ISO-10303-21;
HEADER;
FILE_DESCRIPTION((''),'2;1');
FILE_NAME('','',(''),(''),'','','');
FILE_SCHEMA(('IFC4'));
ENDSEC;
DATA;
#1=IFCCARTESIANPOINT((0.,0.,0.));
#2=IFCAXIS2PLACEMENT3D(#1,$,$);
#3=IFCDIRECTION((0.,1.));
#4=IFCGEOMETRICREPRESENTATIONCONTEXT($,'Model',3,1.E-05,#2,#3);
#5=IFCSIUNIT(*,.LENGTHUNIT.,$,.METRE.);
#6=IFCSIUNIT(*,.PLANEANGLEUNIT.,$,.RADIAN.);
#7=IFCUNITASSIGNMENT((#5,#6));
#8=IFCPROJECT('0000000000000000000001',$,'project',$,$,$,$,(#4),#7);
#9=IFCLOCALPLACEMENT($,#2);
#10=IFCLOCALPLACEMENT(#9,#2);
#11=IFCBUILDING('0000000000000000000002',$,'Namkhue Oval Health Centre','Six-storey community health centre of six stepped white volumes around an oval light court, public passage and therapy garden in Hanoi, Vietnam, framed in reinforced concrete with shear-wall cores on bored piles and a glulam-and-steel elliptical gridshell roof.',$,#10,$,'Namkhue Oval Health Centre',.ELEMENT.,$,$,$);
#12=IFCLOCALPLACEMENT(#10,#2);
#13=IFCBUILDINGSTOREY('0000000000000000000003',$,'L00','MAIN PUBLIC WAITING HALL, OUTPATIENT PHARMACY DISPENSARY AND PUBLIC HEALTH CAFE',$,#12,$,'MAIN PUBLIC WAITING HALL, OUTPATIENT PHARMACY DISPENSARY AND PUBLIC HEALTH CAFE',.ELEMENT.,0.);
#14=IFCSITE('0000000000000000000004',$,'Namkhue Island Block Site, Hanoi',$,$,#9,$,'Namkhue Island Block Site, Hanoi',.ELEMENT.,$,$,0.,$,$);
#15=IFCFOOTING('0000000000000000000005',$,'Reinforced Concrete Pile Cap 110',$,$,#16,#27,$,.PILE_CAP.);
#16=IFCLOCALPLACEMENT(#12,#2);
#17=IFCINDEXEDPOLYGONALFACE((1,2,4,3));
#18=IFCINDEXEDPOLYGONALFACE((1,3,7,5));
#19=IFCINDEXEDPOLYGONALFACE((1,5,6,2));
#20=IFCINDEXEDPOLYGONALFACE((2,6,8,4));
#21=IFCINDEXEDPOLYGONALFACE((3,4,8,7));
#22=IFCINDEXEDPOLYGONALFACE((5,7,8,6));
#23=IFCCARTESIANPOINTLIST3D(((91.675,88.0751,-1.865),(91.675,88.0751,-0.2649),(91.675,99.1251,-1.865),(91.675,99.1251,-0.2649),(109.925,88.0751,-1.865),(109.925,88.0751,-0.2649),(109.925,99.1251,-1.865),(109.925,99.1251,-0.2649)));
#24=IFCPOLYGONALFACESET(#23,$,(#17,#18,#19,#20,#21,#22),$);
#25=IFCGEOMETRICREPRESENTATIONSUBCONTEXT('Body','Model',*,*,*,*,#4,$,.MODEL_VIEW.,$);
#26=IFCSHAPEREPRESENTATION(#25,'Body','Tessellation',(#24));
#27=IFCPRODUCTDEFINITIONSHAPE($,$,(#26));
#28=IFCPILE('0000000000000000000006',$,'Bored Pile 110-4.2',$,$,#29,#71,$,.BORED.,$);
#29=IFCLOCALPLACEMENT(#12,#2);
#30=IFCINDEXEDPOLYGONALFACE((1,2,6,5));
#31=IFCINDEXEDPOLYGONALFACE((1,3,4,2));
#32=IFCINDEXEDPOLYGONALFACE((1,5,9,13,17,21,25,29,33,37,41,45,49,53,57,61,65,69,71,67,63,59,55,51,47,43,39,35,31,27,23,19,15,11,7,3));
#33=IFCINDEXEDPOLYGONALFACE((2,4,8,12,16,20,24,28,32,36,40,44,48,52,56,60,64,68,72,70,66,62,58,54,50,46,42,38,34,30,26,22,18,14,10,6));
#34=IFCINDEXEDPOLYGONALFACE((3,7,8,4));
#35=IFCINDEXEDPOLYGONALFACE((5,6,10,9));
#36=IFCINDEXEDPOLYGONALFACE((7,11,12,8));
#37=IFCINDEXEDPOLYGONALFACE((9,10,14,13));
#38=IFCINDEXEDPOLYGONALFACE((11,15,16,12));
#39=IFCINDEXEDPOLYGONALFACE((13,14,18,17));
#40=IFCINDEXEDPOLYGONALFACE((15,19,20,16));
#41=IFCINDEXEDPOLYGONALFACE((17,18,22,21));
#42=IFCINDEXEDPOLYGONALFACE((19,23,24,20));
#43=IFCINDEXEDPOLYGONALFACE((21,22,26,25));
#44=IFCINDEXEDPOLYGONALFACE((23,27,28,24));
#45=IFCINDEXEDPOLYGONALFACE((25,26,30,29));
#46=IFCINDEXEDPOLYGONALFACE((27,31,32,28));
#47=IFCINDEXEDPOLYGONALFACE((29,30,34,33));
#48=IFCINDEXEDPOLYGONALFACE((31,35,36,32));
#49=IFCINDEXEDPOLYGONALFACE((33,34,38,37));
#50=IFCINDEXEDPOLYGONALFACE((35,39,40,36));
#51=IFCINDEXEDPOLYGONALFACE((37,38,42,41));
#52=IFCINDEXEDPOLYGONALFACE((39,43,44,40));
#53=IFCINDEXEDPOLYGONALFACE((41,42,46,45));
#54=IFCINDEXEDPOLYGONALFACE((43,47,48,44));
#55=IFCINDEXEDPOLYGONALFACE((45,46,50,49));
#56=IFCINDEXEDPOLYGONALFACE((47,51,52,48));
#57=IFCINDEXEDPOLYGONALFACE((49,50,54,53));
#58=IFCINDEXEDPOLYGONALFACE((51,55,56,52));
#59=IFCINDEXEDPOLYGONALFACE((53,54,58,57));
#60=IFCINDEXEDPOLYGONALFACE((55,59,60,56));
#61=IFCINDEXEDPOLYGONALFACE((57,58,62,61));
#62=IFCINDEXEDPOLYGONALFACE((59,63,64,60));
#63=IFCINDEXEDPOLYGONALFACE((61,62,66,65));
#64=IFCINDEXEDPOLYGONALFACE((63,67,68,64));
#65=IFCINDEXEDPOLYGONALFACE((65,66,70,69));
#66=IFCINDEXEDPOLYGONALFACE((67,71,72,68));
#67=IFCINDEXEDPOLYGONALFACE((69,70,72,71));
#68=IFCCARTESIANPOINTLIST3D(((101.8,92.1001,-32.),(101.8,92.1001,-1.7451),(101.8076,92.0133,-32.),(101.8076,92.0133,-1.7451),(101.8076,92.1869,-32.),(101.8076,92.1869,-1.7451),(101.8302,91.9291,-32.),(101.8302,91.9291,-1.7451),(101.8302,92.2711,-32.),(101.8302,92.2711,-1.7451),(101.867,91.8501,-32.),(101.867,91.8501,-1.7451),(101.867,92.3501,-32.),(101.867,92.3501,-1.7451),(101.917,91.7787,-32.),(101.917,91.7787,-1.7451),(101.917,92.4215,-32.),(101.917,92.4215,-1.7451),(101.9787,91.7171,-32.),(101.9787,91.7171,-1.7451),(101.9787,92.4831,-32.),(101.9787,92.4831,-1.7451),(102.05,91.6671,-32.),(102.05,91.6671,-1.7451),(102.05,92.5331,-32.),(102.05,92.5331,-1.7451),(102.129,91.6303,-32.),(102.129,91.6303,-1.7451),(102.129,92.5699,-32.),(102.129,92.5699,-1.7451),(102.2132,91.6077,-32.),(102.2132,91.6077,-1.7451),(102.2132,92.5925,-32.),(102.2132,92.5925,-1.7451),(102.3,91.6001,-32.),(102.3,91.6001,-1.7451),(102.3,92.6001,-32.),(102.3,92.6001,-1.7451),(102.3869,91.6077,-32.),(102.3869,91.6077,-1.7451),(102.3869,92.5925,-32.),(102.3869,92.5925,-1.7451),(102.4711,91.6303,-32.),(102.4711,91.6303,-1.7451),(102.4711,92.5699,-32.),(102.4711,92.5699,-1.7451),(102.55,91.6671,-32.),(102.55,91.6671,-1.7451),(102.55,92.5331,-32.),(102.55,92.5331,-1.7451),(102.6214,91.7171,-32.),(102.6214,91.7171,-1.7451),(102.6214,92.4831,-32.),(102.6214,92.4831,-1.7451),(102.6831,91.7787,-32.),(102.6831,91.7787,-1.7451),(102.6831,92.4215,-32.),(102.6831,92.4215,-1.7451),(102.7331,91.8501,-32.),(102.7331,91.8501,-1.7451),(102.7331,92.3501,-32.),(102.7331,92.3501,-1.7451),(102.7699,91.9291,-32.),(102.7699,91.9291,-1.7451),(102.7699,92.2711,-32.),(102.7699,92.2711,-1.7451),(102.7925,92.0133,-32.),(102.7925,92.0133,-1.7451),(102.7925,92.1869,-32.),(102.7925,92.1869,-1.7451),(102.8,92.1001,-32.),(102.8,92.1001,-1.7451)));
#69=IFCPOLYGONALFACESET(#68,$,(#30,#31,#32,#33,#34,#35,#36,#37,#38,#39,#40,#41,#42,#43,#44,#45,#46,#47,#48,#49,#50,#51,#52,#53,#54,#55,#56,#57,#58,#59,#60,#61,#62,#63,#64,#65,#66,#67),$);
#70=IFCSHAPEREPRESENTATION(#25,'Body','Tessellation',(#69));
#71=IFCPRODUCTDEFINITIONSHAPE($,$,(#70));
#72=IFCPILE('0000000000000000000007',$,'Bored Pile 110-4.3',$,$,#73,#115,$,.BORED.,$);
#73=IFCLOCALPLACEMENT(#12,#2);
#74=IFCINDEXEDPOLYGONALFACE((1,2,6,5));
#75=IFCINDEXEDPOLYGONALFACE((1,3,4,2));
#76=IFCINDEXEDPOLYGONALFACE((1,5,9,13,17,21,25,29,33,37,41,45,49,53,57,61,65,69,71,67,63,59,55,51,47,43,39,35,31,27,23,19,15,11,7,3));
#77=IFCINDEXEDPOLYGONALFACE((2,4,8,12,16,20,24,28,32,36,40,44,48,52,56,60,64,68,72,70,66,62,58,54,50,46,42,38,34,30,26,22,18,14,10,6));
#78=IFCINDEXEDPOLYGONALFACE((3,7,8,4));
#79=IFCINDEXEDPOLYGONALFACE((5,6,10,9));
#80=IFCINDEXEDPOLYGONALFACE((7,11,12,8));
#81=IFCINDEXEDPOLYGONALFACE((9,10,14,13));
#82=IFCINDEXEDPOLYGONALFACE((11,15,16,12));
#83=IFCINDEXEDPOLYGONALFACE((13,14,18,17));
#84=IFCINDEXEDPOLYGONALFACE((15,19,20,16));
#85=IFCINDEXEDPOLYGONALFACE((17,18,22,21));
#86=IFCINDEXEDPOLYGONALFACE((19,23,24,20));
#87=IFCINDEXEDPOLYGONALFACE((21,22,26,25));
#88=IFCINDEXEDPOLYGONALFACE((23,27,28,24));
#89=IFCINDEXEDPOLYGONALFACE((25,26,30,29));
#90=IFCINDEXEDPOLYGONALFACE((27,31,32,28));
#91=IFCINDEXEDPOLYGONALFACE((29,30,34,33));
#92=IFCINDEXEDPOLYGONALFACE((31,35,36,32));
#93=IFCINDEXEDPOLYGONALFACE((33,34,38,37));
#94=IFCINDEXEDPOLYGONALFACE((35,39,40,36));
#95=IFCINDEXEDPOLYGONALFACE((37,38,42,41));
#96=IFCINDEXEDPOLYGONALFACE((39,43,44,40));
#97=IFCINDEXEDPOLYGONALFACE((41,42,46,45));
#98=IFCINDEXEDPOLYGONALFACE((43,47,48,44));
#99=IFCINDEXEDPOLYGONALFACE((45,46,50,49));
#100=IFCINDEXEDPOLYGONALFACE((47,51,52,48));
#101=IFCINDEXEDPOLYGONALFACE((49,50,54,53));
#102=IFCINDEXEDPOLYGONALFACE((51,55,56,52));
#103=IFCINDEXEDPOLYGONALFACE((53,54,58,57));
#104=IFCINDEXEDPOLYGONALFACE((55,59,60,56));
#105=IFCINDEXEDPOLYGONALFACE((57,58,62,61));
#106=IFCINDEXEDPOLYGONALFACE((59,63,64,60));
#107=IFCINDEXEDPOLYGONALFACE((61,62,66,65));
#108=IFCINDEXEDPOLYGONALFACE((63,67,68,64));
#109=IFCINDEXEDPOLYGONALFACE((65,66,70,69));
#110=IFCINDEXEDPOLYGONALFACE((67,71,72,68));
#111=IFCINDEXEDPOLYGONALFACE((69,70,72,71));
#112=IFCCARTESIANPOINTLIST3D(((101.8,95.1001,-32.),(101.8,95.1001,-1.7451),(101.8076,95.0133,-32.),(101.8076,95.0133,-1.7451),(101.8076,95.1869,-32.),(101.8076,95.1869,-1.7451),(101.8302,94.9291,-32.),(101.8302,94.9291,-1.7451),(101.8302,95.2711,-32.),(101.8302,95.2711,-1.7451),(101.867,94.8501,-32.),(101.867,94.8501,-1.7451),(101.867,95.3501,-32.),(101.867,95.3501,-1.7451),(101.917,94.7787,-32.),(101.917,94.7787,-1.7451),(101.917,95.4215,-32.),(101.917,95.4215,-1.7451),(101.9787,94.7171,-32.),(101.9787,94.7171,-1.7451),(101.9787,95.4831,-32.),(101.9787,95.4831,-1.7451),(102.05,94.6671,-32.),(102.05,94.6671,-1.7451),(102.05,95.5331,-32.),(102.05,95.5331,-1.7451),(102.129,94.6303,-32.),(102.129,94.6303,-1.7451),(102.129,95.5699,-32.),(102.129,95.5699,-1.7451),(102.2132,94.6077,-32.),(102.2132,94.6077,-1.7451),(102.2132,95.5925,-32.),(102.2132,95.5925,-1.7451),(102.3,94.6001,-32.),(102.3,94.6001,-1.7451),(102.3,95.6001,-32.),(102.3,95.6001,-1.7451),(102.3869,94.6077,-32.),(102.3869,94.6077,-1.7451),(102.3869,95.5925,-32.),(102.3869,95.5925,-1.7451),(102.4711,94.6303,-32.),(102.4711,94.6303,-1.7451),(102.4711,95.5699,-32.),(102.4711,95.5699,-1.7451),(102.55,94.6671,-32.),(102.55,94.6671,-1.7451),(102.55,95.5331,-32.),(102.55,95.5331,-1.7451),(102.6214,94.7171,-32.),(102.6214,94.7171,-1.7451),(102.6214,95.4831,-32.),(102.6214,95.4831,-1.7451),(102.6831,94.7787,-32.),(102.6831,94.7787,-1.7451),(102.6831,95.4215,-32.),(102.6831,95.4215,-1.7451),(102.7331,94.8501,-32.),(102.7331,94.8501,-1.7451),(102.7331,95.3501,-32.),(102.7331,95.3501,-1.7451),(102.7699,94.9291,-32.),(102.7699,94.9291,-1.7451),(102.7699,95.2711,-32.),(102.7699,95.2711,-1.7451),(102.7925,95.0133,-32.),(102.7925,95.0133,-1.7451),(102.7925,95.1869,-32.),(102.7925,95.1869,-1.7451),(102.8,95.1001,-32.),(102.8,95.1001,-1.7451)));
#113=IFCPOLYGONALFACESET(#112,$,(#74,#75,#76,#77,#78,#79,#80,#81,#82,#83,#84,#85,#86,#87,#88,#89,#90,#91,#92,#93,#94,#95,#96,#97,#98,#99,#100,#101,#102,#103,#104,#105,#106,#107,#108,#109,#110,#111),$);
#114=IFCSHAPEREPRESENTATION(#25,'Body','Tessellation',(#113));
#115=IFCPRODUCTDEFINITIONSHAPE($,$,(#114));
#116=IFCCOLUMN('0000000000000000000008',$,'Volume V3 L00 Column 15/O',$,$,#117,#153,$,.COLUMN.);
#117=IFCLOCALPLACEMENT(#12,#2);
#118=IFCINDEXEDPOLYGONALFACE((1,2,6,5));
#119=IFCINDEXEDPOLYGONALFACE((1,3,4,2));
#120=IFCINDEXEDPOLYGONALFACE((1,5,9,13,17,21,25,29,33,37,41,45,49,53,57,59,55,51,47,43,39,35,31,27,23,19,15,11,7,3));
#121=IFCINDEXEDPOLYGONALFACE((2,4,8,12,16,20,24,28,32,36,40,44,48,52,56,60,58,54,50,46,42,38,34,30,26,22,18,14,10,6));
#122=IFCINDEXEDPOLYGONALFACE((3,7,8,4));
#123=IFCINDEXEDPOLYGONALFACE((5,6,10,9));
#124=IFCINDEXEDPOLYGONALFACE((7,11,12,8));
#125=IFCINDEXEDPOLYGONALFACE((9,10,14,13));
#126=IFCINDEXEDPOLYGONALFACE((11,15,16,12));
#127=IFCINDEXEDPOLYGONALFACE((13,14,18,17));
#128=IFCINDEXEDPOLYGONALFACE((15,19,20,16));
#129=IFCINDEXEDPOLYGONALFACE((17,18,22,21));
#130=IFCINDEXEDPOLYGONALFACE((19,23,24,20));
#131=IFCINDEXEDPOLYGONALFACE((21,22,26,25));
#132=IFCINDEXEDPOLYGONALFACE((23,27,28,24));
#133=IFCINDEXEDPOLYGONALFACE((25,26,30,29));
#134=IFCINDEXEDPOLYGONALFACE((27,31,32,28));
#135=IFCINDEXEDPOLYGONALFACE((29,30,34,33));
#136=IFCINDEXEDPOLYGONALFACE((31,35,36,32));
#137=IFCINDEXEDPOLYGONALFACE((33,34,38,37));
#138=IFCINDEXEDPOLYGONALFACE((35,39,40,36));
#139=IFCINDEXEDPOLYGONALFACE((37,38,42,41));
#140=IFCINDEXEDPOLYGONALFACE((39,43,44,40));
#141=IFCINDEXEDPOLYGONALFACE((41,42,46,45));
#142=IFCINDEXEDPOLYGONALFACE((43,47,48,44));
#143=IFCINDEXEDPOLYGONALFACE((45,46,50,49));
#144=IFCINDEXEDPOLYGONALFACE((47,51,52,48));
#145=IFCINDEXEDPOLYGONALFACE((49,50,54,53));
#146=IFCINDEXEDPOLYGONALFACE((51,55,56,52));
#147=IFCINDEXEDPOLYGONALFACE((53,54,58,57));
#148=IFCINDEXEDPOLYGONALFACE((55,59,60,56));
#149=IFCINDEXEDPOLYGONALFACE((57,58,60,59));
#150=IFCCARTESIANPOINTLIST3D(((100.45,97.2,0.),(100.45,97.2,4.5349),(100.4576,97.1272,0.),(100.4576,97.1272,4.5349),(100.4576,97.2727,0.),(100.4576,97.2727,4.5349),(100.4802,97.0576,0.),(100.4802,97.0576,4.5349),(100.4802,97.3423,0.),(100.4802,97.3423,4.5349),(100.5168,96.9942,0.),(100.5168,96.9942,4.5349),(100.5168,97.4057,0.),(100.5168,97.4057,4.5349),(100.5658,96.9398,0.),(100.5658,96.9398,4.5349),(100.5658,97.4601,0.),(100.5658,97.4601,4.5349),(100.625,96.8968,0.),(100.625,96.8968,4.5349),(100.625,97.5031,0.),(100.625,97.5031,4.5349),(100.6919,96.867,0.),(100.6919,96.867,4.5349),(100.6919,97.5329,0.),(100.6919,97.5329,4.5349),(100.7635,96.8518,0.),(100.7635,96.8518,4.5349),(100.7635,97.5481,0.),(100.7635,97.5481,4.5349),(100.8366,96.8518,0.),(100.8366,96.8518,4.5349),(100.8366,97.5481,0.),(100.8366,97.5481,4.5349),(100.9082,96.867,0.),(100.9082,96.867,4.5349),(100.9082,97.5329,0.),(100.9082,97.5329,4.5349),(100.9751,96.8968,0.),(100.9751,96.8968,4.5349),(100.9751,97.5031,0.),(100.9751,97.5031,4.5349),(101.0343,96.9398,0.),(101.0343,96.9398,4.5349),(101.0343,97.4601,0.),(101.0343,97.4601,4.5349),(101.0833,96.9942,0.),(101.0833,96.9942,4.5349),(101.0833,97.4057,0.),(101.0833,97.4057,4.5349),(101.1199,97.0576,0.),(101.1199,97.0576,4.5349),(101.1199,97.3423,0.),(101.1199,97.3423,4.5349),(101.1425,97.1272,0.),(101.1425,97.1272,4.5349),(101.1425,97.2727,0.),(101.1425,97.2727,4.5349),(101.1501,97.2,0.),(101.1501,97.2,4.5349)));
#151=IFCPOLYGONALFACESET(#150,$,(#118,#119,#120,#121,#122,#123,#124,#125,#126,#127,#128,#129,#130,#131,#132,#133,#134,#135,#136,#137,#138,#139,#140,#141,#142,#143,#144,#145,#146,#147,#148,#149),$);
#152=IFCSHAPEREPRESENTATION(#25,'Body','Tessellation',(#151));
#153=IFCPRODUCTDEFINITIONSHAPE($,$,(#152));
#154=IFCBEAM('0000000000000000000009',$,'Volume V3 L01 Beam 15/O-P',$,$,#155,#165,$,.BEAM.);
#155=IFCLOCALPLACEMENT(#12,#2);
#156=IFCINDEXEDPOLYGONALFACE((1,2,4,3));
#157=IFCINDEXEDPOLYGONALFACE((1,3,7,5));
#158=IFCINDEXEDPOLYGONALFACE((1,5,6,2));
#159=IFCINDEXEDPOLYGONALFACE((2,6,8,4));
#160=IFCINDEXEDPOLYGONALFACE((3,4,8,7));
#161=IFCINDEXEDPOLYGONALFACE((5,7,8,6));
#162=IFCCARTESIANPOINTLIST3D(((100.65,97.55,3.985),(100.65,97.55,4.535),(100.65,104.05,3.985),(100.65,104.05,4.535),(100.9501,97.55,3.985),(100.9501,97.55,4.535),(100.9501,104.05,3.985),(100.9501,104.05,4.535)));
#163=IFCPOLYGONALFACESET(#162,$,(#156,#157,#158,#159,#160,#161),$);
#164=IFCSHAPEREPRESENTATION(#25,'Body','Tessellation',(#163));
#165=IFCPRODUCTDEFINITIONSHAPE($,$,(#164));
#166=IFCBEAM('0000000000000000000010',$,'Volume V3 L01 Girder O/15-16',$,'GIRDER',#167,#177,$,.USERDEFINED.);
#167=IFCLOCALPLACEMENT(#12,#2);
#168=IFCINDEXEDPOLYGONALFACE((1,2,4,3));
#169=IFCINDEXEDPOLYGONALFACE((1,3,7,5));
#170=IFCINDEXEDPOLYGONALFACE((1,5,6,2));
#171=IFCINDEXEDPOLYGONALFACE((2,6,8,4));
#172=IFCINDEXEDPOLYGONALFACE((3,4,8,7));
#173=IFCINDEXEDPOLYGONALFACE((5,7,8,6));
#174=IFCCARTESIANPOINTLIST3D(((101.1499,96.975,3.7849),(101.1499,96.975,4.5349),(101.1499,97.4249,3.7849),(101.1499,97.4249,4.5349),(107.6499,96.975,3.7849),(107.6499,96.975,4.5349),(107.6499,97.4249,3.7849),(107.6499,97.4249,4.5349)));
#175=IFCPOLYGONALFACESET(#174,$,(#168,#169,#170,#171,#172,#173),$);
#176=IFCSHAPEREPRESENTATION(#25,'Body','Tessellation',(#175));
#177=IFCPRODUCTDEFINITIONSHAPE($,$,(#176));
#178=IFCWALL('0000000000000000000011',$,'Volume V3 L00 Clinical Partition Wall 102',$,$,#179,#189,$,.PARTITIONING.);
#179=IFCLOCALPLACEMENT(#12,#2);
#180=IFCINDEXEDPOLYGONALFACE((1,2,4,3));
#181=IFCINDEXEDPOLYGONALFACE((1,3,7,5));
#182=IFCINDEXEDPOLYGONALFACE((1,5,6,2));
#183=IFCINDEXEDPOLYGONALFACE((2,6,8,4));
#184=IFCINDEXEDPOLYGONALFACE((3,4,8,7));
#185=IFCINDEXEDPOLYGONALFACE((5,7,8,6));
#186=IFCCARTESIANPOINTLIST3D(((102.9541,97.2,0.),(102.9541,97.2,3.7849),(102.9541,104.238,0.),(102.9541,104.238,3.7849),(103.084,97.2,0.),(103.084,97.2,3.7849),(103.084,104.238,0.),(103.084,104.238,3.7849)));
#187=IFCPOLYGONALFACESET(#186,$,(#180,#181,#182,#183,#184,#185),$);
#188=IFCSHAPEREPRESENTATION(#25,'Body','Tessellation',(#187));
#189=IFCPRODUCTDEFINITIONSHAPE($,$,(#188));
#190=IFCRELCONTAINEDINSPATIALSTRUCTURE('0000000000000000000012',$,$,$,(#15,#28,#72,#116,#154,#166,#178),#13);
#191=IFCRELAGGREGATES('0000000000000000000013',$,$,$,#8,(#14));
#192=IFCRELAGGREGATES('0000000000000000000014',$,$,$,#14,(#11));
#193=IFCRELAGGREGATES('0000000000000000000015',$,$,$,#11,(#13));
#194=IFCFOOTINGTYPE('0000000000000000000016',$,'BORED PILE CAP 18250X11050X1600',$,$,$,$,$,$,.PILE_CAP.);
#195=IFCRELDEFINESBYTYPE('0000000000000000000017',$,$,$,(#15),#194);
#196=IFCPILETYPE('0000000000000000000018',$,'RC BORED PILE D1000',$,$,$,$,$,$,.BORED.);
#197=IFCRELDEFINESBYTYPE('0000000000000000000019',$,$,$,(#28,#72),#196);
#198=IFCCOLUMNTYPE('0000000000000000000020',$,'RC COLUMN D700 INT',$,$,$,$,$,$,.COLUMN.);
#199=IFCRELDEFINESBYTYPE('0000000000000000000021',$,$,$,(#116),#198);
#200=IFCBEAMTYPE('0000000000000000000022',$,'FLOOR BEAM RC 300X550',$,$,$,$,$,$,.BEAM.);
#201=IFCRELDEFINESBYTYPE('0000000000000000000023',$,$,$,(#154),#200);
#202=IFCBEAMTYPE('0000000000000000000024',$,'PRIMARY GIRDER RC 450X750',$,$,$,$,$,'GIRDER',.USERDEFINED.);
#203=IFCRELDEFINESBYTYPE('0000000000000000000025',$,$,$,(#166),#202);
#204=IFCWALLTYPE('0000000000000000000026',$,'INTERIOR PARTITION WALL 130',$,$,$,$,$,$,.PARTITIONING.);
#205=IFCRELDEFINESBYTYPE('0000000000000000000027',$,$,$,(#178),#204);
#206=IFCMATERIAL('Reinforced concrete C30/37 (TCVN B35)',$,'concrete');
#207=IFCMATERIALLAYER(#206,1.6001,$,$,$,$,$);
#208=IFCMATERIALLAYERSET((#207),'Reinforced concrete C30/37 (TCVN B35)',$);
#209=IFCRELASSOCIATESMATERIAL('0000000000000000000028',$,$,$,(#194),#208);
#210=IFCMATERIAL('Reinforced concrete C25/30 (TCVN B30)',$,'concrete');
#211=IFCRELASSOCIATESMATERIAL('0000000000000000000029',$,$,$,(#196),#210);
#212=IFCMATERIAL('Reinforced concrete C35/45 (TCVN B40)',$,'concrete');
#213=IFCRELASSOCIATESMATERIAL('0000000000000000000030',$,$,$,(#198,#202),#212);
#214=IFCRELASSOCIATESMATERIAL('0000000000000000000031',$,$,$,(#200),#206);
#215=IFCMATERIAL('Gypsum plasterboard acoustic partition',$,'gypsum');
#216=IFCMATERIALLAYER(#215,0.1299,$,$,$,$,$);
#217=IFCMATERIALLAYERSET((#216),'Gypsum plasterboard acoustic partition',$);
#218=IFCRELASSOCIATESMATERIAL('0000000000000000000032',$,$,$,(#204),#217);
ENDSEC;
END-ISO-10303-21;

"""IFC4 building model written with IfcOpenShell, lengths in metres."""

from ifc_helpers import new_model, si_unit, direction, frame, frame_2d, origin, origin_2d, place, context, subcontext, project, spatial, rectangle, circle, extrude, material, layer, layer_set, material_profile, profile_set, type_object, element, save


model = new_model("IFC4")

# Units and contexts
model_context = context("Model", 3, precision=1e-05, world=origin(), true_north=direction((0.0, 1.0)))
body_context = subcontext(model_context, "Body", "Model", "MODEL_VIEW")
ifc_project = project(units=[si_unit("LENGTHUNIT", "METRE"), si_unit("PLANEANGLEUNIT", "RADIAN")], contexts=[model_context])

# Site, building, storey
site_placement = place(None, origin())
site = spatial("IfcSite", under=ifc_project, at=site_placement, Name="Namkhue Island Block Site, Hanoi", LongName="Namkhue Island Block Site, Hanoi", CompositionType="ELEMENT", RefElevation=0.0)
building_placement = place(site_placement, origin())
building = spatial("IfcBuilding", under=site, at=building_placement, Name="Namkhue Oval Health Centre", Description="Six-storey community health centre of six stepped white volumes around an oval light court, public passage and therapy garden in Hanoi, Vietnam, framed in reinforced concrete with shear-wall cores on bored piles and a glulam-and-steel elliptical gridshell roof.", LongName="Namkhue Oval Health Centre", CompositionType="ELEMENT")
storey_placement = place(building_placement, origin())
storey = spatial("IfcBuildingStorey", under=building, at=storey_placement, Name="L00", Description="MAIN PUBLIC WAITING HALL, OUTPATIENT PHARMACY DISPENSARY AND PUBLIC HEALTH CAFE", LongName="MAIN PUBLIC WAITING HALL, OUTPATIENT PHARMACY DISPENSARY AND PUBLIC HEALTH CAFE", CompositionType="ELEMENT", Elevation=0.0)

# Footing
ifc_material_1 = material(Name="Reinforced concrete C30/37 (TCVN B35)", Category="concrete")
ifc_layer_1 = layer(ifc_material_1, 1.6001)
ifc_layer_set_1 = layer_set([ifc_layer_1], Name="Reinforced concrete C30/37 (TCVN B35)")
footing_type = type_object("IfcFootingType", Name="BORED PILE CAP 18250X11050X1600", PredefinedType="PILE_CAP", material=ifc_layer_set_1)
footing_placement = place(storey_placement, frame((100.8, 93.6001, -1.865), z_axis=(0.0, 0.0, 1.0), x_axis=(1.0, 0.0, 0.0)))
element("IfcFooting", 1, at=footing_placement, inside=storey, type_object=footing_type, Name="Reinforced Concrete Pile Cap 110", PredefinedType="PILE_CAP", context=body_context, shape_type="SweptSolid", body=[
    extrude(rectangle(XDim=18.25, YDim=11.05, at=origin_2d()), origin(), (0.0, 0.0, 1.0), 1.6001),
])

# Piles
ifc_material_2 = material(Name="Reinforced concrete C25/30 (TCVN B30)", Category="concrete")
ifc_material_profile_1 = material_profile(ifc_material_2, circle(Radius=0.5, at=origin_2d()), Name="BORED PILE D1000")
ifc_profile_set_1 = profile_set([ifc_material_profile_1], Name="Reinforced concrete C25/30 (TCVN B30)")
pile_type = type_object("IfcPileType", Name="RC BORED PILE D1000", PredefinedType="BORED", material=ifc_profile_set_1)
for number, where, z_axis, x_axis, name in (
    (2, (102.3, 92.1001, -1.7451), (0.0, 0.0, -1.0), (1.0, 0.0, 0.0), "Bored Pile 110-4.2"),
    (3, (102.3, 95.1001, -1.7451), (0.0, 0.0, -1.0), (1.0, 0.0, 0.0), "Bored Pile 110-4.3"),
):
    element("IfcPile", number, at=place(storey_placement, frame(where, z_axis=z_axis, x_axis=x_axis)), inside=storey, type_object=pile_type, Name=name, PredefinedType="BORED", context=body_context, shape_type="SweptSolid", body=[
        extrude(circle(Radius=0.5, at=origin_2d()), origin(), (0.0, 0.0, 1.0), 30.2549),
    ])

# Column
ifc_material_3 = material(Name="Reinforced concrete C35/45 (TCVN B40)", Category="concrete")
ifc_material_profile_2 = material_profile(ifc_material_3, circle(Radius=0.3501, at=origin_2d()), Name="RC D700")
ifc_profile_set_2 = profile_set([ifc_material_profile_2], Name="Reinforced concrete C35/45 (TCVN B40)")
column_type = type_object("IfcColumnType", Name="RC COLUMN D700 INT", PredefinedType="COLUMN", material=ifc_profile_set_2)
column_placement = place(storey_placement, frame((100.8, 97.2, 0.0), z_axis=(0.0, 0.0, 1.0), x_axis=(1.0, 0.0, 0.0)))
element("IfcColumn", 4, at=column_placement, inside=storey, type_object=column_type, Name="Volume V3 L00 Column 15/O", PredefinedType="COLUMN", context=body_context, shape_type="SweptSolid", body=[
    extrude(circle(Radius=0.3501, at=origin_2d()), origin(), (0.0, 0.0, 1.0), 4.5349),
])

# Beams
ifc_material_profile_3 = material_profile(ifc_material_1, rectangle(XDim=0.3, YDim=0.55, at=origin_2d()), Name="RC 300x550")
ifc_profile_set_3 = profile_set([ifc_material_profile_3], Name="Reinforced concrete C30/37 (TCVN B35)")
beam_type_1 = type_object("IfcBeamType", Name="FLOOR BEAM RC 300X550", PredefinedType="BEAM", material=ifc_profile_set_3)
beam_1_placement = place(storey_placement, frame((100.8, 97.55, 4.26), z_axis=(0.0, 1.0, 0.0), x_axis=(-1.0, 0.0, 0.0)))
element("IfcBeam", 5, at=beam_1_placement, inside=storey, type_object=beam_type_1, Name="Volume V3 L01 Beam 15/O-P", PredefinedType="BEAM", context=body_context, shape_type="SweptSolid", body=[
    extrude(rectangle(XDim=0.3, YDim=0.55, at=origin_2d()), origin(), (0.0, 0.0, 1.0), 6.5),
])
ifc_material_profile_4 = material_profile(ifc_material_3, rectangle(XDim=0.45, YDim=0.75, at=origin_2d()), Name="RC 450x750")
ifc_profile_set_4 = profile_set([ifc_material_profile_4], Name="Reinforced concrete C35/45 (TCVN B40)")
beam_type_2 = type_object("IfcBeamType", Name="PRIMARY GIRDER RC 450X750", ElementType="GIRDER", PredefinedType="USERDEFINED", material=ifc_profile_set_4)
beam_2_placement = place(storey_placement, frame((101.1499, 97.2, 4.1599), z_axis=(1.0, 0.0, 0.0), x_axis=(0.0, 1.0, 0.0)))
element("IfcBeam", 6, at=beam_2_placement, inside=storey, type_object=beam_type_2, Name="Volume V3 L01 Girder O/15-16", ObjectType="GIRDER", PredefinedType="USERDEFINED", context=body_context, shape_type="SweptSolid", body=[
    extrude(rectangle(XDim=0.45, YDim=0.75, at=origin_2d()), origin(), (0.0, 0.0, 1.0), 6.5),
])

# Wall
ifc_material_4 = material(Name="Gypsum plasterboard acoustic partition", Category="gypsum")
ifc_layer_2 = layer(ifc_material_4, 0.1299)
ifc_layer_set_2 = layer_set([ifc_layer_2], Name="Gypsum plasterboard acoustic partition")
wall_type_1 = type_object("IfcWallType", Name="INTERIOR PARTITION WALL 130", PredefinedType="PARTITIONING", material=ifc_layer_set_2)
wall_1_placement = place(storey_placement, frame((103.019, 97.2, 0.0), z_axis=(0.0, 0.0, 1.0), x_axis=(0.0, 1.0, 0.0)))
element("IfcWall", 7, at=wall_1_placement, inside=storey, type_object=wall_type_1, Name="Volume V3 L00 Clinical Partition Wall 102", PredefinedType="PARTITIONING", context=body_context, shape_type="SweptSolid", body=[
    extrude(rectangle(XDim=7.0381, YDim=0.1299, at=frame_2d((3.519, 0.0))), origin(), (0.0, 0.0, 1.0), 3.7849),
])

save(model, "model.ifc")
